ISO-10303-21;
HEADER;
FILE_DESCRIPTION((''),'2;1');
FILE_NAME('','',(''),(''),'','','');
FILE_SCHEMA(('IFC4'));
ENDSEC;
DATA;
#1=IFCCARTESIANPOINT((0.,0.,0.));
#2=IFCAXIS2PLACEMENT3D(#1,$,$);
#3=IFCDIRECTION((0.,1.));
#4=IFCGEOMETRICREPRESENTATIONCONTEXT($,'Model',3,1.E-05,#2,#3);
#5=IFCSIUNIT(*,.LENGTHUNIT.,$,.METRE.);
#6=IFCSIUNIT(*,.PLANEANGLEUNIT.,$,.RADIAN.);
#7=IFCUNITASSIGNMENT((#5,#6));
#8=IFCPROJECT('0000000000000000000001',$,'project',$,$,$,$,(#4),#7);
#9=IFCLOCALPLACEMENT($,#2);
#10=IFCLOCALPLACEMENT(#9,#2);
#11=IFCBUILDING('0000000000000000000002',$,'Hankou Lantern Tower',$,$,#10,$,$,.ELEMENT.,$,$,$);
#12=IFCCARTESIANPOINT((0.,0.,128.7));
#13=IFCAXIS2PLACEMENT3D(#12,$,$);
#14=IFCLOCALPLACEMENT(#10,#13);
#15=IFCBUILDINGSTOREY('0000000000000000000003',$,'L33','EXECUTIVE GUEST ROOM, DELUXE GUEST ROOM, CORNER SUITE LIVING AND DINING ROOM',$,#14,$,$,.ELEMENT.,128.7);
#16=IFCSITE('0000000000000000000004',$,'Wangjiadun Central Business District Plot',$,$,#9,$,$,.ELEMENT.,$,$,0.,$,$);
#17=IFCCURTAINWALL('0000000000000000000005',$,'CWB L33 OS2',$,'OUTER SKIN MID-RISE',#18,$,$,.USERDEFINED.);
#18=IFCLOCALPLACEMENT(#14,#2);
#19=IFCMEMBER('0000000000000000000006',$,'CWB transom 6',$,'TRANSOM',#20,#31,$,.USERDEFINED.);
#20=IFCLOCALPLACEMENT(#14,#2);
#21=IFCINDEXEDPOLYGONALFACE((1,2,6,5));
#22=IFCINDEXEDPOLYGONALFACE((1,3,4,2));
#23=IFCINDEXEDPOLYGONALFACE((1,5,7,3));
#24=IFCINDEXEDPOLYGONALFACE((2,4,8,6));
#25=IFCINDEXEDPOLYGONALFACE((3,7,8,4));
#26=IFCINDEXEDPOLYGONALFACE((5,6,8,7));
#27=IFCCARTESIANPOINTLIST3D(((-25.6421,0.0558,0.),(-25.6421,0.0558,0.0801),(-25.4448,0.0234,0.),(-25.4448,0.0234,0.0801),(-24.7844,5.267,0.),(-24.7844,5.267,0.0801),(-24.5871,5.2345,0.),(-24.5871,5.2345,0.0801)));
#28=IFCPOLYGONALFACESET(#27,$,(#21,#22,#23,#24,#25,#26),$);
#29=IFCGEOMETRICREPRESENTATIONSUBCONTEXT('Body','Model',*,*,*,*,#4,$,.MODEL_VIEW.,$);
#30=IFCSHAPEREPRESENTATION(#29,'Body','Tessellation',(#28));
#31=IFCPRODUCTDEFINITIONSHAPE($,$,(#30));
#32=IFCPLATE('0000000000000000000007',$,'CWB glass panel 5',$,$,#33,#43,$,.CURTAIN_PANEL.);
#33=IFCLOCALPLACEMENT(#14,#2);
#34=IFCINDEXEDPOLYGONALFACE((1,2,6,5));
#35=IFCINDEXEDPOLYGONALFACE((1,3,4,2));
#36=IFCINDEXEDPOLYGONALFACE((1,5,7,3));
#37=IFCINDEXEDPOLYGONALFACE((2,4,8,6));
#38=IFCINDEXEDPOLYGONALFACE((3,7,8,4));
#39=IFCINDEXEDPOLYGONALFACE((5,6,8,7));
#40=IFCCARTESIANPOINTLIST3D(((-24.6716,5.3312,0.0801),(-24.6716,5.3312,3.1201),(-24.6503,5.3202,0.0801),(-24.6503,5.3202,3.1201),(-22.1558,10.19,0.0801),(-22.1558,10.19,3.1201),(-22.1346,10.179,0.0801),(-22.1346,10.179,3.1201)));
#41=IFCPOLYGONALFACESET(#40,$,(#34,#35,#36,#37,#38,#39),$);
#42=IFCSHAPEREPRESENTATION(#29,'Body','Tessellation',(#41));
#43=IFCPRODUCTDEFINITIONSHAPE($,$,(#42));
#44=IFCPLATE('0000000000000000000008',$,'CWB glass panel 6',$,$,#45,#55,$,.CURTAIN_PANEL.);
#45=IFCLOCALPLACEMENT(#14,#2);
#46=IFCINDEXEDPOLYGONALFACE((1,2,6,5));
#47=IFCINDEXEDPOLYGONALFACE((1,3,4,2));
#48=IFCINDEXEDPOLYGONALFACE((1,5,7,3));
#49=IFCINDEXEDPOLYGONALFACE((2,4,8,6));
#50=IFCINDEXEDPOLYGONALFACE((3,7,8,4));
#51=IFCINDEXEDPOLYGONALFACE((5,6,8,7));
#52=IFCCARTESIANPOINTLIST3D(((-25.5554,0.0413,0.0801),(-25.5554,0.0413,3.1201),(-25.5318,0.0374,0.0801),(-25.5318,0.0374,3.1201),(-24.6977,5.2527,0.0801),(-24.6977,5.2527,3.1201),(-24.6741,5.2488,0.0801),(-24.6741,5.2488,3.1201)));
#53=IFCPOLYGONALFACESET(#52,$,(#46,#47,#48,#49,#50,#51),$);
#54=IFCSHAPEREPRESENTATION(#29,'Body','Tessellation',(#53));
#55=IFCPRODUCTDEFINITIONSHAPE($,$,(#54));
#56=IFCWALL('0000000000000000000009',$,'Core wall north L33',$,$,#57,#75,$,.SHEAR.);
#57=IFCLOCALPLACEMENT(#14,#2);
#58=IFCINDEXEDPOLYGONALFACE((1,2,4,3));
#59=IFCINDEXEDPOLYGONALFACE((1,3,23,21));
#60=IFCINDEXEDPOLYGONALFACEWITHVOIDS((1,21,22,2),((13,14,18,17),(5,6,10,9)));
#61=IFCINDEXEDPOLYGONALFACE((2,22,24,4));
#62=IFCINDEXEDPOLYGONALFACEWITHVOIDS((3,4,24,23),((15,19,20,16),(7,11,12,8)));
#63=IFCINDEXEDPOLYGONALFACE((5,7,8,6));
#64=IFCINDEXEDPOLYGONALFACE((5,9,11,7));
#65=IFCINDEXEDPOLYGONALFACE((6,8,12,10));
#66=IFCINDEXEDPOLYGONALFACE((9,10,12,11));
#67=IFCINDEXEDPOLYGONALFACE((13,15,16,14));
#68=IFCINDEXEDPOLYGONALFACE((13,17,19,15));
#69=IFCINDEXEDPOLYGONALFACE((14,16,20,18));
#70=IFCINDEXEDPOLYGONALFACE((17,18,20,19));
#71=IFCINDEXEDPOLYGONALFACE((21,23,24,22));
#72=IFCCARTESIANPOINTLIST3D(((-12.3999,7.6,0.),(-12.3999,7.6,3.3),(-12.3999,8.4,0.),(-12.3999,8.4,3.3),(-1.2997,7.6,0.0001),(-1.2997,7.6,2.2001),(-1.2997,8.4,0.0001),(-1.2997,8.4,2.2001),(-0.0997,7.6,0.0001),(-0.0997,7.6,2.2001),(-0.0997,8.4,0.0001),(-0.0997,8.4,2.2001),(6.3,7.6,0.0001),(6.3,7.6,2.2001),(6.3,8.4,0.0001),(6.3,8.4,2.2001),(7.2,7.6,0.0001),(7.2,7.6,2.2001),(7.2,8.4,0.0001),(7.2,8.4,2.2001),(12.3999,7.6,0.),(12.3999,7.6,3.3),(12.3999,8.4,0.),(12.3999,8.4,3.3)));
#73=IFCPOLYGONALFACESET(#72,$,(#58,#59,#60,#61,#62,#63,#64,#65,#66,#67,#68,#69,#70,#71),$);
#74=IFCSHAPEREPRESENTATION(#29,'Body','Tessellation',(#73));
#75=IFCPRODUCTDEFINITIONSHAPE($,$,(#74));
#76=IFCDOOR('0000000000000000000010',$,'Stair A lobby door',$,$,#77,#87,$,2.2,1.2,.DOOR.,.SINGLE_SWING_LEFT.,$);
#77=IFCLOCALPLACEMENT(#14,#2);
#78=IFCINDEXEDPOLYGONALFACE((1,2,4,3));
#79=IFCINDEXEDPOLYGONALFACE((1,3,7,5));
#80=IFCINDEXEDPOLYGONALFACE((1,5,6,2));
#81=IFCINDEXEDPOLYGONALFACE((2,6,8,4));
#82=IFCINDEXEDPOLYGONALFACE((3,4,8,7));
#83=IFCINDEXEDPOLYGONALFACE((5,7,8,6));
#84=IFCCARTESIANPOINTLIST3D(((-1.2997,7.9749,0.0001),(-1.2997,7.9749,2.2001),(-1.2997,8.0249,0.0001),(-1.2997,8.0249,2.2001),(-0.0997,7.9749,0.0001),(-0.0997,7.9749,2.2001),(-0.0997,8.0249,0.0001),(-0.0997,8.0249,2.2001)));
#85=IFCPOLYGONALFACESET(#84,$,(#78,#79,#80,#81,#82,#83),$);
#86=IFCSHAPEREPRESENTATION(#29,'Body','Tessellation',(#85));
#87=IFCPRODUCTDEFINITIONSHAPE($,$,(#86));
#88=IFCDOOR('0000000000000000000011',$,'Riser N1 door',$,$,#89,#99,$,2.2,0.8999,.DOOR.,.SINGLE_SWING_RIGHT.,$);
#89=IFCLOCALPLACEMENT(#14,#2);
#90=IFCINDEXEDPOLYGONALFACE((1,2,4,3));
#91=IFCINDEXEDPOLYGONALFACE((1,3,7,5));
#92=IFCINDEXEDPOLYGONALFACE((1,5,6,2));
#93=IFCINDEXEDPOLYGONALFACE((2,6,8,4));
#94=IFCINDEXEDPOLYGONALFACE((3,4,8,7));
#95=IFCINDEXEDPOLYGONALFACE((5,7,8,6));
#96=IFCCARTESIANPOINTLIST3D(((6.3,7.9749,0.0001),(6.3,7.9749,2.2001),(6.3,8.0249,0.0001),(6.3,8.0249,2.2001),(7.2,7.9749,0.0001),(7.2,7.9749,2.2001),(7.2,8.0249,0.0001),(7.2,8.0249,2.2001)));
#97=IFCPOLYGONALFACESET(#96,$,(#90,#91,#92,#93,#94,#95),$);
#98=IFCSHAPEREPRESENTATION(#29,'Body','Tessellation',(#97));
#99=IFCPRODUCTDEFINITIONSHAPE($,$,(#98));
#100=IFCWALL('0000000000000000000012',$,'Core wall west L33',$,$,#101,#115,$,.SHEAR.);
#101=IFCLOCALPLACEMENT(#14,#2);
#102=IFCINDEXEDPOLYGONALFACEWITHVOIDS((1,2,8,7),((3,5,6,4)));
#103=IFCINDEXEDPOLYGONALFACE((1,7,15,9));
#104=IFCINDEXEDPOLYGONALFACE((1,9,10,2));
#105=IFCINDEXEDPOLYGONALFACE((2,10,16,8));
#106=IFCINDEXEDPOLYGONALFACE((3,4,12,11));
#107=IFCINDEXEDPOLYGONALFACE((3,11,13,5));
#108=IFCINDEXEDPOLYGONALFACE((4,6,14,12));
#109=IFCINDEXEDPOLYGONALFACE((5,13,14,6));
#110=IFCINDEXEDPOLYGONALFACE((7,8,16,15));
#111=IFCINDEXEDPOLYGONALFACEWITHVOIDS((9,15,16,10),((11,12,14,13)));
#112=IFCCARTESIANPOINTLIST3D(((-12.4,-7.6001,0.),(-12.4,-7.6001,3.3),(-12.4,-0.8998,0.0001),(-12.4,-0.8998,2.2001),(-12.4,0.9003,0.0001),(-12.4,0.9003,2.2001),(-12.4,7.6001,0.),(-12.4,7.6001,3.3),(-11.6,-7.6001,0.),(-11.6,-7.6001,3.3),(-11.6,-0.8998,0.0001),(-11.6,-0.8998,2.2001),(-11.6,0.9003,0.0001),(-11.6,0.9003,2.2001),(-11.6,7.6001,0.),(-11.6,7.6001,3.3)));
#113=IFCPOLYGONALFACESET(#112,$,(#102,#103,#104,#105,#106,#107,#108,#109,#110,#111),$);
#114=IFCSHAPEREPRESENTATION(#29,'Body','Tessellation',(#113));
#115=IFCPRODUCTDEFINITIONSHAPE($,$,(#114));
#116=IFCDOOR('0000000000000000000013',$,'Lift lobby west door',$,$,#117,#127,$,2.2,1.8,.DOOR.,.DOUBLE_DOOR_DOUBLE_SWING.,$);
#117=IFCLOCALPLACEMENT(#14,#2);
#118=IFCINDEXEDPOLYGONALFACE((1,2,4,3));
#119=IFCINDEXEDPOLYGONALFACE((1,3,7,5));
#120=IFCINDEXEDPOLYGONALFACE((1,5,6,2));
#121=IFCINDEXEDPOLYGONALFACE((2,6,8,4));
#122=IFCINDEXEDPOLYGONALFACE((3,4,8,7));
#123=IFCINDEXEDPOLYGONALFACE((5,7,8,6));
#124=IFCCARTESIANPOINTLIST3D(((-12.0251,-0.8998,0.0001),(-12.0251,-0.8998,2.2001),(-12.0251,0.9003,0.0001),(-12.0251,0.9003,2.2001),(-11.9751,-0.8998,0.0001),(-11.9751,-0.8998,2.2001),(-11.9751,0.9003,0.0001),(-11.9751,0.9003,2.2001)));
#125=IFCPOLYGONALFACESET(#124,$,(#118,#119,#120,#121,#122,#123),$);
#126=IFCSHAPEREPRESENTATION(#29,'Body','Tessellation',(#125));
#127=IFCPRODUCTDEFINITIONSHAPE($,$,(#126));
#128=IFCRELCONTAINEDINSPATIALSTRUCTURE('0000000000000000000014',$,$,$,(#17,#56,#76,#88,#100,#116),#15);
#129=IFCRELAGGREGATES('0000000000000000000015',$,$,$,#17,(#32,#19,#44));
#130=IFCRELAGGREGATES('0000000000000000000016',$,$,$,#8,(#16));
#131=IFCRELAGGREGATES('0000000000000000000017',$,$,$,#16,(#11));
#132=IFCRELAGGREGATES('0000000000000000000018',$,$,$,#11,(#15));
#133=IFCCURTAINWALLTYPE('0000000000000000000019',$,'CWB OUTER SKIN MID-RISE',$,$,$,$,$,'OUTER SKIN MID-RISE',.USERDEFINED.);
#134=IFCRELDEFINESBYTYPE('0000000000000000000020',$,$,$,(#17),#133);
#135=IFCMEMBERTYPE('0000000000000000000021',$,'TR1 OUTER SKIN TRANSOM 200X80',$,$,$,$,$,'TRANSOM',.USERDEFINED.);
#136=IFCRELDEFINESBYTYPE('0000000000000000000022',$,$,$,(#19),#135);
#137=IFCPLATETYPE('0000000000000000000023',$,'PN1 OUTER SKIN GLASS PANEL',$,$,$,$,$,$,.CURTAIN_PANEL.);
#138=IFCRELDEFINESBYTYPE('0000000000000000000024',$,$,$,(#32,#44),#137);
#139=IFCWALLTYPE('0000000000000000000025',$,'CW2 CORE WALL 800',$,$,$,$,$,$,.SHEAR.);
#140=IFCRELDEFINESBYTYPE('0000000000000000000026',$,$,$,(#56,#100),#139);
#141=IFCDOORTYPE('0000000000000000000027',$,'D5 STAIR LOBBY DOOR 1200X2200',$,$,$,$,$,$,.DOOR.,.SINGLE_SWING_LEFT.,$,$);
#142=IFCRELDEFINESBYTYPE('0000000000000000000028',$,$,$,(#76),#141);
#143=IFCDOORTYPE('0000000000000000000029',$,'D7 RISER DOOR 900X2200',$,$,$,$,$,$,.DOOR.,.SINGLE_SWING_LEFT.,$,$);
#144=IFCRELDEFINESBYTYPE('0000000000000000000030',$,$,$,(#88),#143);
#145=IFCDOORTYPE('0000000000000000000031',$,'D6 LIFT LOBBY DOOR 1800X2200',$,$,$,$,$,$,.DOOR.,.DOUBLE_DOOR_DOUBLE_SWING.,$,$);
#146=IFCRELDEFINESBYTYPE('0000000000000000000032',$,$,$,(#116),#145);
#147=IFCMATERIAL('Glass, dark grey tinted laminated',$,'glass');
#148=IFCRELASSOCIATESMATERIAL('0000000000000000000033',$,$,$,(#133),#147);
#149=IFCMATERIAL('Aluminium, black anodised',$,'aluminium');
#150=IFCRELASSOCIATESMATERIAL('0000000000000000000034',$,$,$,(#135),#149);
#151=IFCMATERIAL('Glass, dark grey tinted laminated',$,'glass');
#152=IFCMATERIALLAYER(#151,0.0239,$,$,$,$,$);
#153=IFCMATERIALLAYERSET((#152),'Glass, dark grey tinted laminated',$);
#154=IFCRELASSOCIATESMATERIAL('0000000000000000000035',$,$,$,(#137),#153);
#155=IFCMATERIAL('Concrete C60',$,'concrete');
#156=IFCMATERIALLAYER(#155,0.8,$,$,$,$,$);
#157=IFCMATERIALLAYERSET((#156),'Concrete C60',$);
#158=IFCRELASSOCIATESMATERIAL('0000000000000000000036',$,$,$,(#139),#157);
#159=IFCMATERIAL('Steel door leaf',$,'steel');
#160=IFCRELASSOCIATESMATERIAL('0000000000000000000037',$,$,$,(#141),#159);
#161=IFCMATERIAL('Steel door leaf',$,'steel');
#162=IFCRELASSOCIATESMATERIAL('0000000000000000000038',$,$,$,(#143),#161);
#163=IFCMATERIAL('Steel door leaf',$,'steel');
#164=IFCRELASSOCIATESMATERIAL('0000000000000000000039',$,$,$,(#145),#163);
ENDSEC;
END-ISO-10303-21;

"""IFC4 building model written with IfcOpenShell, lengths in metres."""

from ifc_helpers import new_model, si_unit, direction, frame, frame_2d, origin, origin_2d, place, context, subcontext, project, spatial, rectangle, extrude, material, layer, layer_set, material_profile, profile_set, type_object, element, fill, aggregate, save


model = new_model("IFC4")

# Units and contexts
model_context = context("Model", 3, precision=1e-05, world=origin(), true_north=direction((0.0, 1.0)))
body_context = subcontext(model_context, "Body", "Model", "MODEL_VIEW")
ifc_project = project(units=[si_unit("LENGTHUNIT", "METRE"), si_unit("PLANEANGLEUNIT", "RADIAN")], contexts=[model_context])

# Site, building, storey
site_placement = place(None, origin())
site = spatial("IfcSite", under=ifc_project, at=site_placement, Name="Wangjiadun Central Business District Plot", CompositionType="ELEMENT", RefElevation=0.0)
building_placement = place(site_placement, origin())
building = spatial("IfcBuilding", under=site, at=building_placement, Name="Hankou Lantern Tower", CompositionType="ELEMENT")
storey_placement = place(building_placement, frame((0.0, 0.0, 128.7)))
storey = spatial("IfcBuildingStorey", under=building, at=storey_placement, Name="L33", Description="EXECUTIVE GUEST ROOM, DELUXE GUEST ROOM, CORNER SUITE LIVING AND DINING ROOM", CompositionType="ELEMENT", Elevation=128.7)

# Curtain wall
ifc_material_1 = material(Name="Glass, dark grey tinted laminated", Category="glass")
curtain_wall_type = type_object("IfcCurtainWallType", Name="CWB OUTER SKIN MID-RISE", ElementType="OUTER SKIN MID-RISE", PredefinedType="USERDEFINED", material=ifc_material_1)
curtain_wall_placement = place(storey_placement, origin())
curtain_wall = element("IfcCurtainWall", 1, at=curtain_wall_placement, inside=storey, type_object=curtain_wall_type, Name="CWB L33 OS2", ObjectType="OUTER SKIN MID-RISE", PredefinedType="USERDEFINED")

# Member
ifc_material_2 = material(Name="Aluminium, black anodised", Category="aluminium")
ifc_material_profile_1 = material_profile(ifc_material_2, rectangle(XDim=0.2, YDim=0.0801, at=origin_2d()), Name="TR1 200X80")
ifc_profile_set_1 = profile_set([ifc_material_profile_1], Name="Aluminium, black anodised")
member_type_1 = type_object("IfcMemberType", Name="TR1 OUTER SKIN TRANSOM 200X80", ElementType="TRANSOM", PredefinedType="USERDEFINED", material=ifc_profile_set_1)
member_1_placement = place(storey_placement, frame((-24.6858, 5.2507, 0.04), z_axis=(-0.162397, -0.986725, 0.0), x_axis=(0.986725, -0.162397, 0.0)))
member_1 = element("IfcMember", 2, at=member_1_placement, type_object=member_type_1, Name="CWB transom 6", ObjectType="TRANSOM", PredefinedType="USERDEFINED", context=body_context, shape_type="SweptSolid", body=[
    extrude(rectangle(XDim=0.2, YDim=0.0801, at=origin_2d()), origin(), (0.0, 0.0, 1.0), 5.2812),
])

# Plates
ifc_material_3 = material(Name="Glass, dark grey tinted laminated", Category="glass")
ifc_layer_1 = layer(ifc_material_3, 0.0239)
ifc_layer_set_1 = layer_set([ifc_layer_1], Name="Glass, dark grey tinted laminated")
plate_type = type_object("IfcPlateType", Name="PN1 OUTER SKIN GLASS PANEL", PredefinedType="CURTAIN_PANEL", material=ifc_layer_set_1)
plate_1_placement = place(storey_placement, frame((-23.4031, 7.7551, 0.0801), z_axis=(0.0, 0.0, 1.0), x_axis=(-0.459791, -0.888027, 0.0)))
plate_1 = element("IfcPlate", 3, at=plate_1_placement, type_object=plate_type, Name="CWB glass panel 5", PredefinedType="CURTAIN_PANEL", context=body_context, shape_type="SweptSolid", body=[
    extrude(rectangle(XDim=5.4714, YDim=0.0239, at=origin_2d()), origin(), (0.0, 0.0, 1.0), 3.04),
])
plate_2_placement = place(storey_placement, frame((-25.1147, 2.645, 0.0801), z_axis=(0.0, 0.0, 1.0), x_axis=(-0.162382, -0.986728, 0.0)))
plate_2 = element("IfcPlate", 4, at=plate_2_placement, type_object=plate_type, Name="CWB glass panel 6", PredefinedType="CURTAIN_PANEL", context=body_context, shape_type="SweptSolid", body=[
    extrude(rectangle(XDim=5.2815, YDim=0.0239, at=origin_2d()), origin(), (0.0, 0.0, 1.0), 3.04),
])
aggregate(curtain_wall, [plate_1, member_1, plate_2])

# Wall, openings, doors
ifc_material_4 = material(Name="Concrete C60", Category="concrete")
ifc_layer_2 = layer(ifc_material_4, 0.8)
ifc_layer_set_2 = layer_set([ifc_layer_2], Name="Concrete C60")
wall_type_1 = type_object("IfcWallType", Name="CW2 CORE WALL 800", PredefinedType="SHEAR", material=ifc_layer_set_2)
wall_1_placement = place(storey_placement, frame((-12.3999, 8.0, 0.0), z_axis=(0.0, 0.0, 1.0), x_axis=(1.0, 0.0, 0.0)))
wall_1 = element("IfcWall", 5, at=wall_1_placement, inside=storey, type_object=wall_type_1, Name="Core wall north L33", PredefinedType="SHEAR", context=body_context, shape_type="SweptSolid", body=[
    extrude(rectangle(XDim=24.7998, YDim=0.8, at=frame_2d((12.3999, 0.0))), origin(), (0.0, 0.0, 1.0), 3.3),
])
opening_1_placement = place(wall_1_placement, frame((11.1001, 0.0, 0.0)))
opening_1 = element("IfcOpeningElement", 6, at=opening_1_placement, cuts=wall_1, PredefinedType="OPENING", context=body_context, shape_type="SweptSolid", body=[
    extrude(rectangle(XDim=1.2, YDim=2.2, at=frame_2d((0.6001, 1.1001))), frame((0.0, 0.4099, 0.0), z_axis=(0.0, -1.0, 0.0), x_axis=(1.0, 0.0, 0.0)), (0.0, 0.0, 1.0), 0.8201),
])
opening_2_placement = place(wall_1_placement, frame((18.7, 0.0, 0.0)))
opening_2 = element("IfcOpeningElement", 7, at=opening_2_placement, cuts=wall_1, PredefinedType="OPENING", context=body_context, shape_type="SweptSolid", body=[
    extrude(rectangle(XDim=0.8999, YDim=2.2, at=frame_2d((0.45, 1.1001))), frame((0.0, 0.4099, 0.0), z_axis=(0.0, -1.0, 0.0), x_axis=(1.0, 0.0, 0.0)), (0.0, 0.0, 1.0), 0.8201),
])
ifc_material_5 = material(Name="Steel door leaf", Category="steel")
door_type_1 = type_object("IfcDoorType", Name="D5 STAIR LOBBY DOOR 1200X2200", OperationType="SINGLE_SWING_LEFT", PredefinedType="DOOR", material=ifc_material_5)
door_1_placement = place(opening_1_placement, origin())
door_1 = element("IfcDoor", 8, at=door_1_placement, inside=storey, type_object=door_type_1, Name="Stair A lobby door", OperationType="SINGLE_SWING_LEFT", OverallHeight=2.2, OverallWidth=1.2, PredefinedType="DOOR", context=body_context, shape_type="SweptSolid", body=[
    extrude(rectangle(XDim=1.2, YDim=2.2, at=frame_2d((0.6001, 1.1001))), frame((0.0, 0.0249, 0.0), z_axis=(0.0, -1.0, 0.0), x_axis=(1.0, 0.0, 0.0)), (0.0, 0.0, 1.0), 0.05),
])
fill(opening_1, door_1)
ifc_material_6 = material(Name="Steel door leaf", Category="steel")
door_type_2 = type_object("IfcDoorType", Name="D7 RISER DOOR 900X2200", OperationType="SINGLE_SWING_LEFT", PredefinedType="DOOR", material=ifc_material_6)
door_2_placement = place(opening_2_placement, origin())
door_2 = element("IfcDoor", 9, at=door_2_placement, inside=storey, type_object=door_type_2, Name="Riser N1 door", OperationType="SINGLE_SWING_RIGHT", OverallHeight=2.2, OverallWidth=0.8999, PredefinedType="DOOR", context=body_context, shape_type="SweptSolid", body=[
    extrude(rectangle(XDim=0.8999, YDim=2.2, at=frame_2d((0.45, 1.1001))), frame((0.0, 0.0249, 0.0), z_axis=(0.0, -1.0, 0.0), x_axis=(1.0, 0.0, 0.0)), (0.0, 0.0, 1.0), 0.05),
])
fill(opening_2, door_2)

# Wall, opening, door
wall_2_placement = place(storey_placement, frame((-12.0, 7.6001, 0.0), z_axis=(0.0, 0.0, 1.0), x_axis=(0.0, -1.0, 0.0)))
wall_2 = element("IfcWall", 10, at=wall_2_placement, inside=storey, type_object=wall_type_1, Name="Core wall west L33", PredefinedType="SHEAR", context=body_context, shape_type="SweptSolid", body=[
    extrude(rectangle(XDim=15.2002, YDim=0.8, at=frame_2d((7.6001, 0.0))), origin(), (0.0, 0.0, 1.0), 3.3),
])
opening_3_placement = place(wall_2_placement, frame((6.7, 0.0, 0.0)))
opening_3 = element("IfcOpeningElement", 11, at=opening_3_placement, cuts=wall_2, PredefinedType="OPENING", context=body_context, shape_type="SweptSolid", body=[
    extrude(rectangle(XDim=1.8, YDim=2.2, at=frame_2d((0.8999, 1.1001))), frame((0.0, 0.4099, 0.0), z_axis=(0.0, -1.0, 0.0), x_axis=(1.0, 0.0, 0.0)), (0.0, 0.0, 1.0), 0.8201),
])
ifc_material_7 = material(Name="Steel door leaf", Category="steel")
door_type_3 = type_object("IfcDoorType", Name="D6 LIFT LOBBY DOOR 1800X2200", OperationType="DOUBLE_DOOR_DOUBLE_SWING", PredefinedType="DOOR", material=ifc_material_7)
door_3_placement = place(opening_3_placement, origin())
door_3 = element("IfcDoor", 12, at=door_3_placement, inside=storey, type_object=door_type_3, Name="Lift lobby west door", OperationType="DOUBLE_DOOR_DOUBLE_SWING", OverallHeight=2.2, OverallWidth=1.8, PredefinedType="DOOR", context=body_context, shape_type="SweptSolid", body=[
    extrude(rectangle(XDim=1.8, YDim=2.2, at=frame_2d((0.8999, 1.1001))), frame((0.0, 0.0249, 0.0), z_axis=(0.0, -1.0, 0.0), x_axis=(1.0, 0.0, 0.0)), (0.0, 0.0, 1.0), 0.05),
])
fill(opening_3, door_3)

save(model, "model.ifc")
